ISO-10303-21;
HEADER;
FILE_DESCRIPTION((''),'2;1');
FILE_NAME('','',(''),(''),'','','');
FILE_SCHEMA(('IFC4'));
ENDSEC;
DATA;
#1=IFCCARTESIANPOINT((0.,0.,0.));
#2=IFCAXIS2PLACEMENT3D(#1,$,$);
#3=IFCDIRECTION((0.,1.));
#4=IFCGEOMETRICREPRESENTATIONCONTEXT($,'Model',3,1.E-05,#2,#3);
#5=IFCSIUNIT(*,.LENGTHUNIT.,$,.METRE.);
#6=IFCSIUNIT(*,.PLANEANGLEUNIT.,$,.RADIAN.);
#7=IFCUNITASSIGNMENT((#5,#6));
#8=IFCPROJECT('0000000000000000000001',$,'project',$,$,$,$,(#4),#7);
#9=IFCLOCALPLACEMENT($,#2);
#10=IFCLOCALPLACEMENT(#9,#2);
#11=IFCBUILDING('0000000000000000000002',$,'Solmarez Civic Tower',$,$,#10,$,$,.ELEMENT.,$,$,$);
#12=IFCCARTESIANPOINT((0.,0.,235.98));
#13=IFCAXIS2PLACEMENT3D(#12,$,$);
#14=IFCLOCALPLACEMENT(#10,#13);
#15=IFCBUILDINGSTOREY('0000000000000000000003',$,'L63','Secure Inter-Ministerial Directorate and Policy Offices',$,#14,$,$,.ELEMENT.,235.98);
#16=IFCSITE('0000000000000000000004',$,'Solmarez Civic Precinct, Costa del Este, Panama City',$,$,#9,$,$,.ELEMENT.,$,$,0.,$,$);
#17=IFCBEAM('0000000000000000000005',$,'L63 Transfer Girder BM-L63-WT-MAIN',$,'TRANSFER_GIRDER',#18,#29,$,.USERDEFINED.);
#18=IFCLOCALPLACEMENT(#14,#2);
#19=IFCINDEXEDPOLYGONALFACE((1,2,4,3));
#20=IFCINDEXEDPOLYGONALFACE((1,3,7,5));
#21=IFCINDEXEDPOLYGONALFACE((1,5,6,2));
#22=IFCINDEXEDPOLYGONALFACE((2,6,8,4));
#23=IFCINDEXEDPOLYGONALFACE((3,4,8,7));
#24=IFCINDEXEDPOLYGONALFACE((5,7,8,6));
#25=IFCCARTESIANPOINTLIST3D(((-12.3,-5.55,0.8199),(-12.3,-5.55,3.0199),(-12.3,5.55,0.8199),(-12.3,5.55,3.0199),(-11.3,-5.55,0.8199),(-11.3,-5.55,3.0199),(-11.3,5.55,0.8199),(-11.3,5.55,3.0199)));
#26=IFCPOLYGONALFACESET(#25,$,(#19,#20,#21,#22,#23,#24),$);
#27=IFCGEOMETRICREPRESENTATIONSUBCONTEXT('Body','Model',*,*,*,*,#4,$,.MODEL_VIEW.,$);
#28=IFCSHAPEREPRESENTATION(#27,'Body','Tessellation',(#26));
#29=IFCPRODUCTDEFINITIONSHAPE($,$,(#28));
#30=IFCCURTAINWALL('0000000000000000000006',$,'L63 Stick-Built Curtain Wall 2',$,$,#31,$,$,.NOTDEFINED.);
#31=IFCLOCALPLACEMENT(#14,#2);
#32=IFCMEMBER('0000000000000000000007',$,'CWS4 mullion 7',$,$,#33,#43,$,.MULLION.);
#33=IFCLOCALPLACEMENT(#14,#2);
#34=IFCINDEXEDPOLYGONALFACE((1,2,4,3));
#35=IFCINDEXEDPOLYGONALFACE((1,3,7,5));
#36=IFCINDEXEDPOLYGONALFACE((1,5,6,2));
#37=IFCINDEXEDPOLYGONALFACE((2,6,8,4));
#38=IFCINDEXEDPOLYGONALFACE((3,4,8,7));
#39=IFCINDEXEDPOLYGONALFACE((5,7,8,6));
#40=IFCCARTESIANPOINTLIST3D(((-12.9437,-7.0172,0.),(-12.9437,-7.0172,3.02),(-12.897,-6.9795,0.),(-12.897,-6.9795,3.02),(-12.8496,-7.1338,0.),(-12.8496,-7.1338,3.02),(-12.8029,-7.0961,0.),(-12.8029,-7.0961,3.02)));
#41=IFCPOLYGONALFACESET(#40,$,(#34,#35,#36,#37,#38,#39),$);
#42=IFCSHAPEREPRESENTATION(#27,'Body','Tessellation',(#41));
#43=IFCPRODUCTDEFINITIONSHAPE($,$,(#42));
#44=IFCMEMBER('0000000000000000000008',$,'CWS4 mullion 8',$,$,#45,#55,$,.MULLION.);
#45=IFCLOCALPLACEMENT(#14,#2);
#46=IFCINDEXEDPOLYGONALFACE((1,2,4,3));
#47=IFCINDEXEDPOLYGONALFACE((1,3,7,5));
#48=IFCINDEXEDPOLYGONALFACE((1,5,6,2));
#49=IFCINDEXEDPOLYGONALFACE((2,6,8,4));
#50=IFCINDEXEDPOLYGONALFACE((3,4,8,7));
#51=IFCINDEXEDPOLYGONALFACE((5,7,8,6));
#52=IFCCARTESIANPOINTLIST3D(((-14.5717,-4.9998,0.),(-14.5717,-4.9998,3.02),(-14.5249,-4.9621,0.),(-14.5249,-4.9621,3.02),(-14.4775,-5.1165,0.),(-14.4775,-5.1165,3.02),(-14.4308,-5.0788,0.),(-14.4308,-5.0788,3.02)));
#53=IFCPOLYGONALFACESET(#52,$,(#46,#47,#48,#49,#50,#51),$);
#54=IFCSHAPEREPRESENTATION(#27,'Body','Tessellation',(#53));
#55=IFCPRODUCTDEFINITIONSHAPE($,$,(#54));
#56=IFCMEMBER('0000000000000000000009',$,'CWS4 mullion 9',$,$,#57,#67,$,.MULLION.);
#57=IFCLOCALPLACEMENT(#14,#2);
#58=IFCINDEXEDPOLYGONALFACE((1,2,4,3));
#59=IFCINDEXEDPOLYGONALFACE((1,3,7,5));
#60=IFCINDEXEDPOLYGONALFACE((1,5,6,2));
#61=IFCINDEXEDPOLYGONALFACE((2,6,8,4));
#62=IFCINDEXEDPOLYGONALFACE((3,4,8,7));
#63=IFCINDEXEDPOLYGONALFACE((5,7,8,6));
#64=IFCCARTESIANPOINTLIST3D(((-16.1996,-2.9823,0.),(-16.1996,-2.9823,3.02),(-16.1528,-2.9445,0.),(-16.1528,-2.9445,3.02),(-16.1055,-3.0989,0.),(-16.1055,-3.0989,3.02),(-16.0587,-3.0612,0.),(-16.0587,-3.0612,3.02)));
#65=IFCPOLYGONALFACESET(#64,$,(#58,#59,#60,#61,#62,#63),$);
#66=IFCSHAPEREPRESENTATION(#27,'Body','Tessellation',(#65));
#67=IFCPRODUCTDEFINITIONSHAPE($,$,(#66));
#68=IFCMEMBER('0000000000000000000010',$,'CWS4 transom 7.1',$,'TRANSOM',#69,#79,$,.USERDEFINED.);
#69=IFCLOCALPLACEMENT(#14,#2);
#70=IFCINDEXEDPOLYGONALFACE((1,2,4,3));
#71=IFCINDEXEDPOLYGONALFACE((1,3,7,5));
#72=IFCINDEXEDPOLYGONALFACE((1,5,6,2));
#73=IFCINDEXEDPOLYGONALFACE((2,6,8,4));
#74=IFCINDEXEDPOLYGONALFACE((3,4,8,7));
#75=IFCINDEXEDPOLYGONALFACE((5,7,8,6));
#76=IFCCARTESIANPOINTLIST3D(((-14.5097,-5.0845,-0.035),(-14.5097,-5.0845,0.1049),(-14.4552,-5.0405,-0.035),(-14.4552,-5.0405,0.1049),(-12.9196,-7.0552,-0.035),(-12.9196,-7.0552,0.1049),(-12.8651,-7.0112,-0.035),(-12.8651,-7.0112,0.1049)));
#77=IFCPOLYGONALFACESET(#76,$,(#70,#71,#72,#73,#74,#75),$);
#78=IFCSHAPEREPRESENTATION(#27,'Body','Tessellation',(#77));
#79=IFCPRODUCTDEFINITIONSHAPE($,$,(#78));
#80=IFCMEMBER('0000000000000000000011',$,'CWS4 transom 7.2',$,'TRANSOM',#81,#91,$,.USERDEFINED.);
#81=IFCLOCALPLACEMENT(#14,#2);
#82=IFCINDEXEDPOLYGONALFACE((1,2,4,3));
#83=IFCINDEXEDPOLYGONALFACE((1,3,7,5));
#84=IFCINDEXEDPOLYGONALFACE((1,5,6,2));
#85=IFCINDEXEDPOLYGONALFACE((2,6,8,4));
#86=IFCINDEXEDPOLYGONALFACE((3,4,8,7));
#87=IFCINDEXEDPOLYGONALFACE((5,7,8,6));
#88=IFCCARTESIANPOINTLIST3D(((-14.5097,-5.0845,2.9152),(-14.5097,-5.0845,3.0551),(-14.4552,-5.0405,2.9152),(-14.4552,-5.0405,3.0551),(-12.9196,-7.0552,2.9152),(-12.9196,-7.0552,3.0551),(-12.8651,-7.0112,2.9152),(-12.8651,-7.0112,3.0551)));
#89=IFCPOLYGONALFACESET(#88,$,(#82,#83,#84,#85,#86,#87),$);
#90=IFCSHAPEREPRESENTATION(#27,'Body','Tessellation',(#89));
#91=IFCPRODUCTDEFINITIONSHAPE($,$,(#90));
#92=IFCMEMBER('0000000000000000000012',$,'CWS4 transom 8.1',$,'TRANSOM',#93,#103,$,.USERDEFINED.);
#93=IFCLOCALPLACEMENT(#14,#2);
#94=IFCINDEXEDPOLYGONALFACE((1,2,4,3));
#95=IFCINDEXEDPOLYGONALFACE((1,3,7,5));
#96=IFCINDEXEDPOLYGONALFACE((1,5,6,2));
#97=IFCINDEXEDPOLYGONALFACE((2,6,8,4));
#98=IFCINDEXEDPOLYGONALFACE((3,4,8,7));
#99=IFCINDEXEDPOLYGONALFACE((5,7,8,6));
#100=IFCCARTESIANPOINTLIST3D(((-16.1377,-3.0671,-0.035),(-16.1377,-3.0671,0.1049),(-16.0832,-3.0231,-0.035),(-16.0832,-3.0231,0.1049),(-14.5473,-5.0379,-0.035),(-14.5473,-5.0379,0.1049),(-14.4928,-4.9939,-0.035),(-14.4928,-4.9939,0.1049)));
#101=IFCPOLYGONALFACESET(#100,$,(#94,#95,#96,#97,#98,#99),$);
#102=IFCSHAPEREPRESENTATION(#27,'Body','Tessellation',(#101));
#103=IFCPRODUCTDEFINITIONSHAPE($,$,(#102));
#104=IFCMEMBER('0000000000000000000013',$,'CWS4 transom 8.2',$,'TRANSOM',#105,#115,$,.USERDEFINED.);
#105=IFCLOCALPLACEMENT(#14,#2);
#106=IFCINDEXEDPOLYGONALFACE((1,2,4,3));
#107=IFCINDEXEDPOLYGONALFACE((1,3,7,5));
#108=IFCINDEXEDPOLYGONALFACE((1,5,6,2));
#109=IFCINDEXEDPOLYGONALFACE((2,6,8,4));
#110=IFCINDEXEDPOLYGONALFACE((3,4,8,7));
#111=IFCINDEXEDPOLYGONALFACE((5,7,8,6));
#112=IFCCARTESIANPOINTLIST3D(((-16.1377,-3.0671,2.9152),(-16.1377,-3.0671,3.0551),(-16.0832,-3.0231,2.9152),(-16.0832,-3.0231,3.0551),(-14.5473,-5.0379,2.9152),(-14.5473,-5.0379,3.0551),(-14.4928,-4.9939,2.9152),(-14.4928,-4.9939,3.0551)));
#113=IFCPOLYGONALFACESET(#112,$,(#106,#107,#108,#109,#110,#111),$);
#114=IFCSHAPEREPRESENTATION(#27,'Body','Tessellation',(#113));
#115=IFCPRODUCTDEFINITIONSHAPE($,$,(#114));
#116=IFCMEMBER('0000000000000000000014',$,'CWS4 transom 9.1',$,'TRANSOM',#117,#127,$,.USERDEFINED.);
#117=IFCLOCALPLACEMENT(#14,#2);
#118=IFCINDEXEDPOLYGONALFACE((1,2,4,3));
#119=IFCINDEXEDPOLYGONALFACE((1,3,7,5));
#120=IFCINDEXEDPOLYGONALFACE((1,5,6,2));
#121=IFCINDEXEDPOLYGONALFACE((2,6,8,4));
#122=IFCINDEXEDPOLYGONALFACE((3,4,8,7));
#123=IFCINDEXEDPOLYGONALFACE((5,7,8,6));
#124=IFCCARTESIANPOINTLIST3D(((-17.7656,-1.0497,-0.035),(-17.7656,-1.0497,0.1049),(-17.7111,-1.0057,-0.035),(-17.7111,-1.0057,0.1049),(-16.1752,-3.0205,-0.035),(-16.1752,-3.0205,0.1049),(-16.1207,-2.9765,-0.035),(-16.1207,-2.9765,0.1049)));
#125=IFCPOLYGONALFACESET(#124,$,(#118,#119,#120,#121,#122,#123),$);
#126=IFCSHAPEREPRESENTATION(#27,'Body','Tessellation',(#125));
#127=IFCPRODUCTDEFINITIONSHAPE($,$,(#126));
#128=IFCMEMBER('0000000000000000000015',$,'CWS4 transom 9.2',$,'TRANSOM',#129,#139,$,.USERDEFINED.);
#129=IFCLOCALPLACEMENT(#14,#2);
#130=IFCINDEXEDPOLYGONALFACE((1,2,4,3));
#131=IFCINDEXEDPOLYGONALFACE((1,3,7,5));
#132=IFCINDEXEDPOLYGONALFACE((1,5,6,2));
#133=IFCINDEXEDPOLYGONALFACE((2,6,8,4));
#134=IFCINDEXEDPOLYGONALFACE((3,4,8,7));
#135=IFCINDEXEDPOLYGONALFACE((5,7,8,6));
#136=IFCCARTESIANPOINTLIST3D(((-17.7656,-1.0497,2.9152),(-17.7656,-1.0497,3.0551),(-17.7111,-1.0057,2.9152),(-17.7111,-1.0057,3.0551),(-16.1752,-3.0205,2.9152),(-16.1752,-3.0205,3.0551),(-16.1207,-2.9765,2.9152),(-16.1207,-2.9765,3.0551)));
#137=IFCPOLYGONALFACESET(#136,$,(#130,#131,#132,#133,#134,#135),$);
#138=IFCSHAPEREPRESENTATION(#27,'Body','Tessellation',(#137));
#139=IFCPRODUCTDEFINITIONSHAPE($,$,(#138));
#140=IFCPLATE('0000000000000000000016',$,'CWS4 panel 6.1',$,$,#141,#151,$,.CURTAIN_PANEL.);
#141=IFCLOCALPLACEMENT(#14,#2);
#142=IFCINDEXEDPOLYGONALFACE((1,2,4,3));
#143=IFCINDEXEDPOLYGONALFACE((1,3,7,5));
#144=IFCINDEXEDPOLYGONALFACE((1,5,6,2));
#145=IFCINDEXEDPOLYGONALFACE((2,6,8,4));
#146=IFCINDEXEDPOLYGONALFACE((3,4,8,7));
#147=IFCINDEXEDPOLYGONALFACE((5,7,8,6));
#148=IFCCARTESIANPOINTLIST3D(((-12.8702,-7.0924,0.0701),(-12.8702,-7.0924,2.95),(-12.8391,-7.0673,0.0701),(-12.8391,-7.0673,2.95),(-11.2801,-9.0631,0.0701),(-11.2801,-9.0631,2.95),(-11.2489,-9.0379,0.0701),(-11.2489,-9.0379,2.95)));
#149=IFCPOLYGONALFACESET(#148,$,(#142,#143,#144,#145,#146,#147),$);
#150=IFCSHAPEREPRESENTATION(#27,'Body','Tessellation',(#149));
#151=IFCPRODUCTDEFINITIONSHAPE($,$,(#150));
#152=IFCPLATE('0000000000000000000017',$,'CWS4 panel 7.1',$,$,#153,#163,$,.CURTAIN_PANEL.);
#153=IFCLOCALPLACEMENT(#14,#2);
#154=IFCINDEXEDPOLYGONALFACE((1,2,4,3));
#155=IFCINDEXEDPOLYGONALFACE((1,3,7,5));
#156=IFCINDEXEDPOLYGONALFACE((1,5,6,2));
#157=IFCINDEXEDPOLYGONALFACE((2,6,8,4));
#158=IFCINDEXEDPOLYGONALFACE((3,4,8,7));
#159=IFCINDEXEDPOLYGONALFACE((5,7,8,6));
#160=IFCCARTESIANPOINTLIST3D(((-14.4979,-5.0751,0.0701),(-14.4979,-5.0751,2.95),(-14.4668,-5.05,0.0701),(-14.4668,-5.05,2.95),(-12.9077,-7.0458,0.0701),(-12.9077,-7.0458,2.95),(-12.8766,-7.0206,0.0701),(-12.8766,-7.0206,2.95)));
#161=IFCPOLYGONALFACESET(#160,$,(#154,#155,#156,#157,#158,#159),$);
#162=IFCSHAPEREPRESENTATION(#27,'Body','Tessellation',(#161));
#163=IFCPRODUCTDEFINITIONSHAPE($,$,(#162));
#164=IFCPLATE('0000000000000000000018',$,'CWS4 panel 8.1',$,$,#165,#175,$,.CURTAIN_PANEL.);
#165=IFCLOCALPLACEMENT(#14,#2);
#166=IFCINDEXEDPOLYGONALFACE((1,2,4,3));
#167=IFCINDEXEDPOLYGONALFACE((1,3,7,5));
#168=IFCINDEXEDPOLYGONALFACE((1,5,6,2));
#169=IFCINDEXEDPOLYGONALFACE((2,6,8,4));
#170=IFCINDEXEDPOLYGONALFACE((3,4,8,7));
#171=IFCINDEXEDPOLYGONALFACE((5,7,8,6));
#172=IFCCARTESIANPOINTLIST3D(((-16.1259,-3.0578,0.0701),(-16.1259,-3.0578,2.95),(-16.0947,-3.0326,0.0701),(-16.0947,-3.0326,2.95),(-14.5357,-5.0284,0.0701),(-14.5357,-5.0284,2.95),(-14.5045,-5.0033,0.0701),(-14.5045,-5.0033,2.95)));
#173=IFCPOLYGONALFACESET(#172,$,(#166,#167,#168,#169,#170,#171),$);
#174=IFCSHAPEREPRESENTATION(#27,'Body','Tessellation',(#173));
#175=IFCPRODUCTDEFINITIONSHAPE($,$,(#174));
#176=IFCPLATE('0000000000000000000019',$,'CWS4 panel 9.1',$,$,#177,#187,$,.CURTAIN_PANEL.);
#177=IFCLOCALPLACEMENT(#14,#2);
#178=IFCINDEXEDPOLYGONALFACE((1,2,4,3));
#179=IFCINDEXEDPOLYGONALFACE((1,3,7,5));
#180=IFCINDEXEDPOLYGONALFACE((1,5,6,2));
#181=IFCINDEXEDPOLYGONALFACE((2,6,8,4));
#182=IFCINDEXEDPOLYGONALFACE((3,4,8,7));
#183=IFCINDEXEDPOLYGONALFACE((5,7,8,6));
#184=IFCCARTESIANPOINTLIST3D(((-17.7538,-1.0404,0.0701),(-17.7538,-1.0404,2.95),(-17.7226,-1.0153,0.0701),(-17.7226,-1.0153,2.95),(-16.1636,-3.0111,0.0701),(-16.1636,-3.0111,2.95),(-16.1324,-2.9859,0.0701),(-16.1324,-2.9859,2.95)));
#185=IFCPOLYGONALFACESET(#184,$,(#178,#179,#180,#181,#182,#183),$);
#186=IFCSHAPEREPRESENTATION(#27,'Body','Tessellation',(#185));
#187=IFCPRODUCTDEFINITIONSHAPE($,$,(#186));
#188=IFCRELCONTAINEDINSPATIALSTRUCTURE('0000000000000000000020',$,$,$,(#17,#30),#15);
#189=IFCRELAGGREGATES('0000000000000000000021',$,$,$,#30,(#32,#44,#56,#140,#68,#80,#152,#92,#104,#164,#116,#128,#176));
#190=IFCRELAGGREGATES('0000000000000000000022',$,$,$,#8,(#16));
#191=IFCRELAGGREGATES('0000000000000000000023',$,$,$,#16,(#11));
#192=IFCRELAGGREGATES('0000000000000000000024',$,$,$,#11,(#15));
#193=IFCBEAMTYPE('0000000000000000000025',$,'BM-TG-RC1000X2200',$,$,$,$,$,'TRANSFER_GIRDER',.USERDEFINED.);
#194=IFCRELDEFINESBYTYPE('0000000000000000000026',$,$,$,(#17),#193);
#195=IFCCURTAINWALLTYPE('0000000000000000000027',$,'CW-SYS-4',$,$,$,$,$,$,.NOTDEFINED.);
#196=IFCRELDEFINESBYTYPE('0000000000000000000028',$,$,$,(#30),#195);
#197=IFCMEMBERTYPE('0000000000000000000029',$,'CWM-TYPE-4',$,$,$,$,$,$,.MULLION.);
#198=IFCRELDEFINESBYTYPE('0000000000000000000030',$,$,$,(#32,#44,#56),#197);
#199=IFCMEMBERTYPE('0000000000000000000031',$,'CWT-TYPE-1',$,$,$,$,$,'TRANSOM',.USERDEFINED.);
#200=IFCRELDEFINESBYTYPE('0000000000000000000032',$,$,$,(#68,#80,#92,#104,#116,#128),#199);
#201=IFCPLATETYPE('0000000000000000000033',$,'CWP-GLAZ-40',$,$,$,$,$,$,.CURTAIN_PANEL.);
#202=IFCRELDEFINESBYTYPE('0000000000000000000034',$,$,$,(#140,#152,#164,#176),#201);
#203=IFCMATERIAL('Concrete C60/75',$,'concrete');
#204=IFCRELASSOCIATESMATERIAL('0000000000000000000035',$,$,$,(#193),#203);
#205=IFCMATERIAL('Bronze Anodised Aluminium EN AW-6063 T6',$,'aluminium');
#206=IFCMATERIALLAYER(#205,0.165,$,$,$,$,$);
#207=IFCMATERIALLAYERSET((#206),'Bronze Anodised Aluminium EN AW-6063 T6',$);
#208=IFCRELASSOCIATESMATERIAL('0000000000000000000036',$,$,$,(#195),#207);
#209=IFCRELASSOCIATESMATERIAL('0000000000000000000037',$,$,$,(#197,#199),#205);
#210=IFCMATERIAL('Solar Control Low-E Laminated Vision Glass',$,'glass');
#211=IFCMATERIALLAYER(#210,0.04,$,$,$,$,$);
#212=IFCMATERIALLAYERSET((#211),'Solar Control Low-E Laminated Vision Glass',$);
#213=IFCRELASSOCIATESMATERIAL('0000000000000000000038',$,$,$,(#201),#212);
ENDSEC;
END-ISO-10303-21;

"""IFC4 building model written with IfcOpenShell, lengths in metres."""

from ifc_helpers import new_model, si_unit, direction, frame, origin, origin_2d, place, context, subcontext, project, spatial, rectangle, extrude, material, layer, layer_set, material_profile, profile_set, type_object, element, aggregate, save


model = new_model("IFC4")

# Units and contexts
model_context = context("Model", 3, precision=1e-05, world=origin(), true_north=direction((0.0, 1.0)))
body_context = subcontext(model_context, "Body", "Model", "MODEL_VIEW")
ifc_project = project(units=[si_unit("LENGTHUNIT", "METRE"), si_unit("PLANEANGLEUNIT", "RADIAN")], contexts=[model_context])

# Site, building, storey
site_placement = place(None, origin())
site = spatial("IfcSite", under=ifc_project, at=site_placement, Name="Solmarez Civic Precinct, Costa del Este, Panama City", CompositionType="ELEMENT", RefElevation=0.0)
building_placement = place(site_placement, origin())
building = spatial("IfcBuilding", under=site, at=building_placement, Name="Solmarez Civic Tower", CompositionType="ELEMENT")
storey_placement = place(building_placement, frame((0.0, 0.0, 235.98)))
storey = spatial("IfcBuildingStorey", under=building, at=storey_placement, Name="L63", Description="Secure Inter-Ministerial Directorate and Policy Offices", CompositionType="ELEMENT", Elevation=235.98)

# Beam
ifc_material_1 = material(Name="Concrete C60/75", Category="concrete")
ifc_material_profile_1 = material_profile(ifc_material_1, rectangle(XDim=1.0, YDim=2.2, at=origin_2d()), Name="RC1000X2200")
ifc_profile_set_1 = profile_set([ifc_material_profile_1], Name="Concrete C60/75")
beam_type = type_object("IfcBeamType", Name="BM-TG-RC1000X2200", ElementType="TRANSFER_GIRDER", PredefinedType="USERDEFINED", material=ifc_profile_set_1)
beam_placement = place(storey_placement, frame((-11.8, -5.55, 1.9199), z_axis=(0.0, 1.0, 0.0), x_axis=(-1.0, 0.0, 0.0)))
element("IfcBeam", 1, at=beam_placement, inside=storey, type_object=beam_type, Name="L63 Transfer Girder BM-L63-WT-MAIN", ObjectType="TRANSFER_GIRDER", PredefinedType="USERDEFINED", context=body_context, shape_type="SweptSolid", body=[
    extrude(rectangle(XDim=1.0, YDim=2.2, at=origin_2d()), origin(), (0.0, 0.0, 1.0), 11.1001),
])

# Curtain wall, members, plates
ifc_material_2 = material(Name="Bronze Anodised Aluminium EN AW-6063 T6", Category="aluminium")
ifc_layer_1 = layer(ifc_material_2, 0.165)
ifc_layer_set_1 = layer_set([ifc_layer_1], Name="Bronze Anodised Aluminium EN AW-6063 T6")
curtain_wall_type = type_object("IfcCurtainWallType", Name="CW-SYS-4", PredefinedType="NOTDEFINED", material=ifc_layer_set_1)
curtain_wall_placement = place(storey_placement, origin())
curtain_wall = element("IfcCurtainWall", 2, at=curtain_wall_placement, inside=storey, type_object=curtain_wall_type, Name="L63 Stick-Built Curtain Wall 2", PredefinedType="NOTDEFINED")
ifc_material_profile_2 = material_profile(ifc_material_2, rectangle(XDim=0.0601, YDim=0.1499, at=origin_2d()), Name="CWM-60X150")
ifc_profile_set_2 = profile_set([ifc_material_profile_2], Name="Bronze Anodised Aluminium EN AW-6063 T6")
member_type_1 = type_object("IfcMemberType", Name="CWM-TYPE-4", PredefinedType="MULLION", material=ifc_profile_set_2)
member_1_placement = place(storey_placement, frame((-12.8733, -7.0566, 0.0), z_axis=(0.0, 0.0, 1.0), x_axis=(-0.778231, -0.627978, 0.0)))
member_1 = element("IfcMember", 3, at=member_1_placement, type_object=member_type_1, Name="CWS4 mullion 7", PredefinedType="MULLION", context=body_context, shape_type="SweptSolid", body=[
    extrude(rectangle(XDim=0.0601, YDim=0.1499, at=origin_2d()), origin(), (0.0, 0.0, 1.0), 3.02),
])
member_2_placement = place(storey_placement, frame((-14.5012, -5.0393, 0.0), z_axis=(0.0, 0.0, 1.0), x_axis=(-0.778231, -0.627978, 0.0)))
member_2 = element("IfcMember", 4, at=member_2_placement, type_object=member_type_1, Name="CWS4 mullion 8", PredefinedType="MULLION", context=body_context, shape_type="SweptSolid", body=[
    extrude(rectangle(XDim=0.0601, YDim=0.1499, at=origin_2d()), origin(), (0.0, 0.0, 1.0), 3.02),
])
member_3_placement = place(storey_placement, frame((-16.1292, -3.0217, 0.0), z_axis=(0.0, 0.0, 1.0), x_axis=(-0.778231, -0.627978, 0.0)))
member_3 = element("IfcMember", 5, at=member_3_placement, type_object=member_type_1, Name="CWS4 mullion 9", PredefinedType="MULLION", context=body_context, shape_type="SweptSolid", body=[
    extrude(rectangle(XDim=0.0601, YDim=0.1499, at=origin_2d()), origin(), (0.0, 0.0, 1.0), 3.02),
])
ifc_material_profile_3 = material_profile(ifc_material_2, rectangle(XDim=0.0701, YDim=0.1399, at=origin_2d()), Name="CWT-70X140")
ifc_profile_set_3 = profile_set([ifc_material_profile_3], Name="Bronze Anodised Aluminium EN AW-6063 T6")
member_type_2 = type_object("IfcMemberType", Name="CWT-TYPE-1", ElementType="TRANSOM", PredefinedType="USERDEFINED", material=ifc_profile_set_3)
member_4_placement = place(storey_placement, frame((-12.8923, -7.0332, 0.0349), z_axis=(-0.627947, 0.778256, 0.0), x_axis=(-0.778256, -0.627947, 0.0)))
member_4 = element("IfcMember", 6, at=member_4_placement, type_object=member_type_2, Name="CWS4 transom 7.1", ObjectType="TRANSOM", PredefinedType="USERDEFINED", context=body_context, shape_type="SweptSolid", body=[
    extrude(rectangle(XDim=0.0701, YDim=0.1399, at=origin_2d()), origin(), (0.0, 0.0, 1.0), 2.5322),
])
member_5_placement = place(storey_placement, frame((-12.8923, -7.0332, 2.9851), z_axis=(-0.627947, 0.778256, 0.0), x_axis=(-0.778256, -0.627947, 0.0)))
member_5 = element("IfcMember", 7, at=member_5_placement, type_object=member_type_2, Name="CWS4 transom 7.2", ObjectType="TRANSOM", PredefinedType="USERDEFINED", context=body_context, shape_type="SweptSolid", body=[
    extrude(rectangle(XDim=0.0701, YDim=0.1399, at=origin_2d()), origin(), (0.0, 0.0, 1.0), 2.5322),
])
member_6_placement = place(storey_placement, frame((-14.52, -5.0159, 0.0349), z_axis=(-0.628005, 0.778209, 0.0), x_axis=(-0.778209, -0.628005, 0.0)))
member_6 = element("IfcMember", 8, at=member_6_placement, type_object=member_type_2, Name="CWS4 transom 8.1", ObjectType="TRANSOM", PredefinedType="USERDEFINED", context=body_context, shape_type="SweptSolid", body=[
    extrude(rectangle(XDim=0.0701, YDim=0.1399, at=origin_2d()), origin(), (0.0, 0.0, 1.0), 2.5325),
])
member_7_placement = place(storey_placement, frame((-14.52, -5.0159, 2.9851), z_axis=(-0.628005, 0.778209, 0.0), x_axis=(-0.778209, -0.628005, 0.0)))
member_7 = element("IfcMember", 9, at=member_7_placement, type_object=member_type_2, Name="CWS4 transom 8.2", ObjectType="TRANSOM", PredefinedType="USERDEFINED", context=body_context, shape_type="SweptSolid", body=[
    extrude(rectangle(XDim=0.0701, YDim=0.1399, at=origin_2d()), origin(), (0.0, 0.0, 1.0), 2.5325),
])
member_8_placement = place(storey_placement, frame((-16.1479, -2.9985, 0.0349), z_axis=(-0.628005, 0.778209, 0.0), x_axis=(-0.778209, -0.628005, 0.0)))
member_8 = element("IfcMember", 10, at=member_8_placement, type_object=member_type_2, Name="CWS4 transom 9.1", ObjectType="TRANSOM", PredefinedType="USERDEFINED", context=body_context, shape_type="SweptSolid", body=[
    extrude(rectangle(XDim=0.0701, YDim=0.1399, at=origin_2d()), origin(), (0.0, 0.0, 1.0), 2.5325),
])
member_9_placement = place(storey_placement, frame((-16.1479, -2.9985, 2.9851), z_axis=(-0.628005, 0.778209, 0.0), x_axis=(-0.778209, -0.628005, 0.0)))
member_9 = element("IfcMember", 11, at=member_9_placement, type_object=member_type_2, Name="CWS4 transom 9.2", ObjectType="TRANSOM", PredefinedType="USERDEFINED", context=body_context, shape_type="SweptSolid", body=[
    extrude(rectangle(XDim=0.0701, YDim=0.1399, at=origin_2d()), origin(), (0.0, 0.0, 1.0), 2.5325),
])
ifc_material_3 = material(Name="Solar Control Low-E Laminated Vision Glass", Category="glass")
ifc_layer_2 = layer(ifc_material_3, 0.04)
ifc_layer_set_2 = layer_set([ifc_layer_2], Name="Solar Control Low-E Laminated Vision Glass")
plate_type = type_object("IfcPlateType", Name="CWP-GLAZ-40", PredefinedType="CURTAIN_PANEL", material=ifc_layer_set_2)
plate_1_placement = place(storey_placement, frame((-12.0596, -8.0652, 0.0701), z_axis=(0.0, 0.0, 1.0), x_axis=(-0.627978, 0.778231, 0.0)))
plate_1 = element("IfcPlate", 12, at=plate_1_placement, type_object=plate_type, Name="CWS4 panel 6.1", PredefinedType="CURTAIN_PANEL", context=body_context, shape_type="SweptSolid", body=[
    extrude(rectangle(XDim=2.5322, YDim=0.04, at=origin_2d()), origin(), (0.0, 0.0, 1.0), 2.8799),
])
plate_2_placement = place(storey_placement, frame((-13.6873, -6.0479, 0.0701), z_axis=(0.0, 0.0, 1.0), x_axis=(-0.627978, 0.778231, 0.0)))
plate_2 = element("IfcPlate", 13, at=plate_2_placement, type_object=plate_type, Name="CWS4 panel 7.1", PredefinedType="CURTAIN_PANEL", context=body_context, shape_type="SweptSolid", body=[
    extrude(rectangle(XDim=2.5322, YDim=0.04, at=origin_2d()), origin(), (0.0, 0.0, 1.0), 2.8799),
])
plate_3_placement = place(storey_placement, frame((-15.3152, -4.0305, 0.0701), z_axis=(0.0, 0.0, 1.0), x_axis=(-0.627978, 0.778231, 0.0)))
plate_3 = element("IfcPlate", 14, at=plate_3_placement, type_object=plate_type, Name="CWS4 panel 8.1", PredefinedType="CURTAIN_PANEL", context=body_context, shape_type="SweptSolid", body=[
    extrude(rectangle(XDim=2.5322, YDim=0.04, at=origin_2d()), origin(), (0.0, 0.0, 1.0), 2.8799),
])
plate_4_placement = place(storey_placement, frame((-16.9431, -2.0132, 0.0701), z_axis=(0.0, 0.0, 1.0), x_axis=(-0.627978, 0.778231, 0.0)))
plate_4 = element("IfcPlate", 15, at=plate_4_placement, type_object=plate_type, Name="CWS4 panel 9.1", PredefinedType="CURTAIN_PANEL", context=body_context, shape_type="SweptSolid", body=[
    extrude(rectangle(XDim=2.5322, YDim=0.04, at=origin_2d()), origin(), (0.0, 0.0, 1.0), 2.8799),
])
aggregate(curtain_wall, [member_1, member_2, member_3, plate_1, member_4, member_5, plate_2, member_6, member_7, plate_3, member_8, member_9, plate_4])

save(model, "model.ifc")
